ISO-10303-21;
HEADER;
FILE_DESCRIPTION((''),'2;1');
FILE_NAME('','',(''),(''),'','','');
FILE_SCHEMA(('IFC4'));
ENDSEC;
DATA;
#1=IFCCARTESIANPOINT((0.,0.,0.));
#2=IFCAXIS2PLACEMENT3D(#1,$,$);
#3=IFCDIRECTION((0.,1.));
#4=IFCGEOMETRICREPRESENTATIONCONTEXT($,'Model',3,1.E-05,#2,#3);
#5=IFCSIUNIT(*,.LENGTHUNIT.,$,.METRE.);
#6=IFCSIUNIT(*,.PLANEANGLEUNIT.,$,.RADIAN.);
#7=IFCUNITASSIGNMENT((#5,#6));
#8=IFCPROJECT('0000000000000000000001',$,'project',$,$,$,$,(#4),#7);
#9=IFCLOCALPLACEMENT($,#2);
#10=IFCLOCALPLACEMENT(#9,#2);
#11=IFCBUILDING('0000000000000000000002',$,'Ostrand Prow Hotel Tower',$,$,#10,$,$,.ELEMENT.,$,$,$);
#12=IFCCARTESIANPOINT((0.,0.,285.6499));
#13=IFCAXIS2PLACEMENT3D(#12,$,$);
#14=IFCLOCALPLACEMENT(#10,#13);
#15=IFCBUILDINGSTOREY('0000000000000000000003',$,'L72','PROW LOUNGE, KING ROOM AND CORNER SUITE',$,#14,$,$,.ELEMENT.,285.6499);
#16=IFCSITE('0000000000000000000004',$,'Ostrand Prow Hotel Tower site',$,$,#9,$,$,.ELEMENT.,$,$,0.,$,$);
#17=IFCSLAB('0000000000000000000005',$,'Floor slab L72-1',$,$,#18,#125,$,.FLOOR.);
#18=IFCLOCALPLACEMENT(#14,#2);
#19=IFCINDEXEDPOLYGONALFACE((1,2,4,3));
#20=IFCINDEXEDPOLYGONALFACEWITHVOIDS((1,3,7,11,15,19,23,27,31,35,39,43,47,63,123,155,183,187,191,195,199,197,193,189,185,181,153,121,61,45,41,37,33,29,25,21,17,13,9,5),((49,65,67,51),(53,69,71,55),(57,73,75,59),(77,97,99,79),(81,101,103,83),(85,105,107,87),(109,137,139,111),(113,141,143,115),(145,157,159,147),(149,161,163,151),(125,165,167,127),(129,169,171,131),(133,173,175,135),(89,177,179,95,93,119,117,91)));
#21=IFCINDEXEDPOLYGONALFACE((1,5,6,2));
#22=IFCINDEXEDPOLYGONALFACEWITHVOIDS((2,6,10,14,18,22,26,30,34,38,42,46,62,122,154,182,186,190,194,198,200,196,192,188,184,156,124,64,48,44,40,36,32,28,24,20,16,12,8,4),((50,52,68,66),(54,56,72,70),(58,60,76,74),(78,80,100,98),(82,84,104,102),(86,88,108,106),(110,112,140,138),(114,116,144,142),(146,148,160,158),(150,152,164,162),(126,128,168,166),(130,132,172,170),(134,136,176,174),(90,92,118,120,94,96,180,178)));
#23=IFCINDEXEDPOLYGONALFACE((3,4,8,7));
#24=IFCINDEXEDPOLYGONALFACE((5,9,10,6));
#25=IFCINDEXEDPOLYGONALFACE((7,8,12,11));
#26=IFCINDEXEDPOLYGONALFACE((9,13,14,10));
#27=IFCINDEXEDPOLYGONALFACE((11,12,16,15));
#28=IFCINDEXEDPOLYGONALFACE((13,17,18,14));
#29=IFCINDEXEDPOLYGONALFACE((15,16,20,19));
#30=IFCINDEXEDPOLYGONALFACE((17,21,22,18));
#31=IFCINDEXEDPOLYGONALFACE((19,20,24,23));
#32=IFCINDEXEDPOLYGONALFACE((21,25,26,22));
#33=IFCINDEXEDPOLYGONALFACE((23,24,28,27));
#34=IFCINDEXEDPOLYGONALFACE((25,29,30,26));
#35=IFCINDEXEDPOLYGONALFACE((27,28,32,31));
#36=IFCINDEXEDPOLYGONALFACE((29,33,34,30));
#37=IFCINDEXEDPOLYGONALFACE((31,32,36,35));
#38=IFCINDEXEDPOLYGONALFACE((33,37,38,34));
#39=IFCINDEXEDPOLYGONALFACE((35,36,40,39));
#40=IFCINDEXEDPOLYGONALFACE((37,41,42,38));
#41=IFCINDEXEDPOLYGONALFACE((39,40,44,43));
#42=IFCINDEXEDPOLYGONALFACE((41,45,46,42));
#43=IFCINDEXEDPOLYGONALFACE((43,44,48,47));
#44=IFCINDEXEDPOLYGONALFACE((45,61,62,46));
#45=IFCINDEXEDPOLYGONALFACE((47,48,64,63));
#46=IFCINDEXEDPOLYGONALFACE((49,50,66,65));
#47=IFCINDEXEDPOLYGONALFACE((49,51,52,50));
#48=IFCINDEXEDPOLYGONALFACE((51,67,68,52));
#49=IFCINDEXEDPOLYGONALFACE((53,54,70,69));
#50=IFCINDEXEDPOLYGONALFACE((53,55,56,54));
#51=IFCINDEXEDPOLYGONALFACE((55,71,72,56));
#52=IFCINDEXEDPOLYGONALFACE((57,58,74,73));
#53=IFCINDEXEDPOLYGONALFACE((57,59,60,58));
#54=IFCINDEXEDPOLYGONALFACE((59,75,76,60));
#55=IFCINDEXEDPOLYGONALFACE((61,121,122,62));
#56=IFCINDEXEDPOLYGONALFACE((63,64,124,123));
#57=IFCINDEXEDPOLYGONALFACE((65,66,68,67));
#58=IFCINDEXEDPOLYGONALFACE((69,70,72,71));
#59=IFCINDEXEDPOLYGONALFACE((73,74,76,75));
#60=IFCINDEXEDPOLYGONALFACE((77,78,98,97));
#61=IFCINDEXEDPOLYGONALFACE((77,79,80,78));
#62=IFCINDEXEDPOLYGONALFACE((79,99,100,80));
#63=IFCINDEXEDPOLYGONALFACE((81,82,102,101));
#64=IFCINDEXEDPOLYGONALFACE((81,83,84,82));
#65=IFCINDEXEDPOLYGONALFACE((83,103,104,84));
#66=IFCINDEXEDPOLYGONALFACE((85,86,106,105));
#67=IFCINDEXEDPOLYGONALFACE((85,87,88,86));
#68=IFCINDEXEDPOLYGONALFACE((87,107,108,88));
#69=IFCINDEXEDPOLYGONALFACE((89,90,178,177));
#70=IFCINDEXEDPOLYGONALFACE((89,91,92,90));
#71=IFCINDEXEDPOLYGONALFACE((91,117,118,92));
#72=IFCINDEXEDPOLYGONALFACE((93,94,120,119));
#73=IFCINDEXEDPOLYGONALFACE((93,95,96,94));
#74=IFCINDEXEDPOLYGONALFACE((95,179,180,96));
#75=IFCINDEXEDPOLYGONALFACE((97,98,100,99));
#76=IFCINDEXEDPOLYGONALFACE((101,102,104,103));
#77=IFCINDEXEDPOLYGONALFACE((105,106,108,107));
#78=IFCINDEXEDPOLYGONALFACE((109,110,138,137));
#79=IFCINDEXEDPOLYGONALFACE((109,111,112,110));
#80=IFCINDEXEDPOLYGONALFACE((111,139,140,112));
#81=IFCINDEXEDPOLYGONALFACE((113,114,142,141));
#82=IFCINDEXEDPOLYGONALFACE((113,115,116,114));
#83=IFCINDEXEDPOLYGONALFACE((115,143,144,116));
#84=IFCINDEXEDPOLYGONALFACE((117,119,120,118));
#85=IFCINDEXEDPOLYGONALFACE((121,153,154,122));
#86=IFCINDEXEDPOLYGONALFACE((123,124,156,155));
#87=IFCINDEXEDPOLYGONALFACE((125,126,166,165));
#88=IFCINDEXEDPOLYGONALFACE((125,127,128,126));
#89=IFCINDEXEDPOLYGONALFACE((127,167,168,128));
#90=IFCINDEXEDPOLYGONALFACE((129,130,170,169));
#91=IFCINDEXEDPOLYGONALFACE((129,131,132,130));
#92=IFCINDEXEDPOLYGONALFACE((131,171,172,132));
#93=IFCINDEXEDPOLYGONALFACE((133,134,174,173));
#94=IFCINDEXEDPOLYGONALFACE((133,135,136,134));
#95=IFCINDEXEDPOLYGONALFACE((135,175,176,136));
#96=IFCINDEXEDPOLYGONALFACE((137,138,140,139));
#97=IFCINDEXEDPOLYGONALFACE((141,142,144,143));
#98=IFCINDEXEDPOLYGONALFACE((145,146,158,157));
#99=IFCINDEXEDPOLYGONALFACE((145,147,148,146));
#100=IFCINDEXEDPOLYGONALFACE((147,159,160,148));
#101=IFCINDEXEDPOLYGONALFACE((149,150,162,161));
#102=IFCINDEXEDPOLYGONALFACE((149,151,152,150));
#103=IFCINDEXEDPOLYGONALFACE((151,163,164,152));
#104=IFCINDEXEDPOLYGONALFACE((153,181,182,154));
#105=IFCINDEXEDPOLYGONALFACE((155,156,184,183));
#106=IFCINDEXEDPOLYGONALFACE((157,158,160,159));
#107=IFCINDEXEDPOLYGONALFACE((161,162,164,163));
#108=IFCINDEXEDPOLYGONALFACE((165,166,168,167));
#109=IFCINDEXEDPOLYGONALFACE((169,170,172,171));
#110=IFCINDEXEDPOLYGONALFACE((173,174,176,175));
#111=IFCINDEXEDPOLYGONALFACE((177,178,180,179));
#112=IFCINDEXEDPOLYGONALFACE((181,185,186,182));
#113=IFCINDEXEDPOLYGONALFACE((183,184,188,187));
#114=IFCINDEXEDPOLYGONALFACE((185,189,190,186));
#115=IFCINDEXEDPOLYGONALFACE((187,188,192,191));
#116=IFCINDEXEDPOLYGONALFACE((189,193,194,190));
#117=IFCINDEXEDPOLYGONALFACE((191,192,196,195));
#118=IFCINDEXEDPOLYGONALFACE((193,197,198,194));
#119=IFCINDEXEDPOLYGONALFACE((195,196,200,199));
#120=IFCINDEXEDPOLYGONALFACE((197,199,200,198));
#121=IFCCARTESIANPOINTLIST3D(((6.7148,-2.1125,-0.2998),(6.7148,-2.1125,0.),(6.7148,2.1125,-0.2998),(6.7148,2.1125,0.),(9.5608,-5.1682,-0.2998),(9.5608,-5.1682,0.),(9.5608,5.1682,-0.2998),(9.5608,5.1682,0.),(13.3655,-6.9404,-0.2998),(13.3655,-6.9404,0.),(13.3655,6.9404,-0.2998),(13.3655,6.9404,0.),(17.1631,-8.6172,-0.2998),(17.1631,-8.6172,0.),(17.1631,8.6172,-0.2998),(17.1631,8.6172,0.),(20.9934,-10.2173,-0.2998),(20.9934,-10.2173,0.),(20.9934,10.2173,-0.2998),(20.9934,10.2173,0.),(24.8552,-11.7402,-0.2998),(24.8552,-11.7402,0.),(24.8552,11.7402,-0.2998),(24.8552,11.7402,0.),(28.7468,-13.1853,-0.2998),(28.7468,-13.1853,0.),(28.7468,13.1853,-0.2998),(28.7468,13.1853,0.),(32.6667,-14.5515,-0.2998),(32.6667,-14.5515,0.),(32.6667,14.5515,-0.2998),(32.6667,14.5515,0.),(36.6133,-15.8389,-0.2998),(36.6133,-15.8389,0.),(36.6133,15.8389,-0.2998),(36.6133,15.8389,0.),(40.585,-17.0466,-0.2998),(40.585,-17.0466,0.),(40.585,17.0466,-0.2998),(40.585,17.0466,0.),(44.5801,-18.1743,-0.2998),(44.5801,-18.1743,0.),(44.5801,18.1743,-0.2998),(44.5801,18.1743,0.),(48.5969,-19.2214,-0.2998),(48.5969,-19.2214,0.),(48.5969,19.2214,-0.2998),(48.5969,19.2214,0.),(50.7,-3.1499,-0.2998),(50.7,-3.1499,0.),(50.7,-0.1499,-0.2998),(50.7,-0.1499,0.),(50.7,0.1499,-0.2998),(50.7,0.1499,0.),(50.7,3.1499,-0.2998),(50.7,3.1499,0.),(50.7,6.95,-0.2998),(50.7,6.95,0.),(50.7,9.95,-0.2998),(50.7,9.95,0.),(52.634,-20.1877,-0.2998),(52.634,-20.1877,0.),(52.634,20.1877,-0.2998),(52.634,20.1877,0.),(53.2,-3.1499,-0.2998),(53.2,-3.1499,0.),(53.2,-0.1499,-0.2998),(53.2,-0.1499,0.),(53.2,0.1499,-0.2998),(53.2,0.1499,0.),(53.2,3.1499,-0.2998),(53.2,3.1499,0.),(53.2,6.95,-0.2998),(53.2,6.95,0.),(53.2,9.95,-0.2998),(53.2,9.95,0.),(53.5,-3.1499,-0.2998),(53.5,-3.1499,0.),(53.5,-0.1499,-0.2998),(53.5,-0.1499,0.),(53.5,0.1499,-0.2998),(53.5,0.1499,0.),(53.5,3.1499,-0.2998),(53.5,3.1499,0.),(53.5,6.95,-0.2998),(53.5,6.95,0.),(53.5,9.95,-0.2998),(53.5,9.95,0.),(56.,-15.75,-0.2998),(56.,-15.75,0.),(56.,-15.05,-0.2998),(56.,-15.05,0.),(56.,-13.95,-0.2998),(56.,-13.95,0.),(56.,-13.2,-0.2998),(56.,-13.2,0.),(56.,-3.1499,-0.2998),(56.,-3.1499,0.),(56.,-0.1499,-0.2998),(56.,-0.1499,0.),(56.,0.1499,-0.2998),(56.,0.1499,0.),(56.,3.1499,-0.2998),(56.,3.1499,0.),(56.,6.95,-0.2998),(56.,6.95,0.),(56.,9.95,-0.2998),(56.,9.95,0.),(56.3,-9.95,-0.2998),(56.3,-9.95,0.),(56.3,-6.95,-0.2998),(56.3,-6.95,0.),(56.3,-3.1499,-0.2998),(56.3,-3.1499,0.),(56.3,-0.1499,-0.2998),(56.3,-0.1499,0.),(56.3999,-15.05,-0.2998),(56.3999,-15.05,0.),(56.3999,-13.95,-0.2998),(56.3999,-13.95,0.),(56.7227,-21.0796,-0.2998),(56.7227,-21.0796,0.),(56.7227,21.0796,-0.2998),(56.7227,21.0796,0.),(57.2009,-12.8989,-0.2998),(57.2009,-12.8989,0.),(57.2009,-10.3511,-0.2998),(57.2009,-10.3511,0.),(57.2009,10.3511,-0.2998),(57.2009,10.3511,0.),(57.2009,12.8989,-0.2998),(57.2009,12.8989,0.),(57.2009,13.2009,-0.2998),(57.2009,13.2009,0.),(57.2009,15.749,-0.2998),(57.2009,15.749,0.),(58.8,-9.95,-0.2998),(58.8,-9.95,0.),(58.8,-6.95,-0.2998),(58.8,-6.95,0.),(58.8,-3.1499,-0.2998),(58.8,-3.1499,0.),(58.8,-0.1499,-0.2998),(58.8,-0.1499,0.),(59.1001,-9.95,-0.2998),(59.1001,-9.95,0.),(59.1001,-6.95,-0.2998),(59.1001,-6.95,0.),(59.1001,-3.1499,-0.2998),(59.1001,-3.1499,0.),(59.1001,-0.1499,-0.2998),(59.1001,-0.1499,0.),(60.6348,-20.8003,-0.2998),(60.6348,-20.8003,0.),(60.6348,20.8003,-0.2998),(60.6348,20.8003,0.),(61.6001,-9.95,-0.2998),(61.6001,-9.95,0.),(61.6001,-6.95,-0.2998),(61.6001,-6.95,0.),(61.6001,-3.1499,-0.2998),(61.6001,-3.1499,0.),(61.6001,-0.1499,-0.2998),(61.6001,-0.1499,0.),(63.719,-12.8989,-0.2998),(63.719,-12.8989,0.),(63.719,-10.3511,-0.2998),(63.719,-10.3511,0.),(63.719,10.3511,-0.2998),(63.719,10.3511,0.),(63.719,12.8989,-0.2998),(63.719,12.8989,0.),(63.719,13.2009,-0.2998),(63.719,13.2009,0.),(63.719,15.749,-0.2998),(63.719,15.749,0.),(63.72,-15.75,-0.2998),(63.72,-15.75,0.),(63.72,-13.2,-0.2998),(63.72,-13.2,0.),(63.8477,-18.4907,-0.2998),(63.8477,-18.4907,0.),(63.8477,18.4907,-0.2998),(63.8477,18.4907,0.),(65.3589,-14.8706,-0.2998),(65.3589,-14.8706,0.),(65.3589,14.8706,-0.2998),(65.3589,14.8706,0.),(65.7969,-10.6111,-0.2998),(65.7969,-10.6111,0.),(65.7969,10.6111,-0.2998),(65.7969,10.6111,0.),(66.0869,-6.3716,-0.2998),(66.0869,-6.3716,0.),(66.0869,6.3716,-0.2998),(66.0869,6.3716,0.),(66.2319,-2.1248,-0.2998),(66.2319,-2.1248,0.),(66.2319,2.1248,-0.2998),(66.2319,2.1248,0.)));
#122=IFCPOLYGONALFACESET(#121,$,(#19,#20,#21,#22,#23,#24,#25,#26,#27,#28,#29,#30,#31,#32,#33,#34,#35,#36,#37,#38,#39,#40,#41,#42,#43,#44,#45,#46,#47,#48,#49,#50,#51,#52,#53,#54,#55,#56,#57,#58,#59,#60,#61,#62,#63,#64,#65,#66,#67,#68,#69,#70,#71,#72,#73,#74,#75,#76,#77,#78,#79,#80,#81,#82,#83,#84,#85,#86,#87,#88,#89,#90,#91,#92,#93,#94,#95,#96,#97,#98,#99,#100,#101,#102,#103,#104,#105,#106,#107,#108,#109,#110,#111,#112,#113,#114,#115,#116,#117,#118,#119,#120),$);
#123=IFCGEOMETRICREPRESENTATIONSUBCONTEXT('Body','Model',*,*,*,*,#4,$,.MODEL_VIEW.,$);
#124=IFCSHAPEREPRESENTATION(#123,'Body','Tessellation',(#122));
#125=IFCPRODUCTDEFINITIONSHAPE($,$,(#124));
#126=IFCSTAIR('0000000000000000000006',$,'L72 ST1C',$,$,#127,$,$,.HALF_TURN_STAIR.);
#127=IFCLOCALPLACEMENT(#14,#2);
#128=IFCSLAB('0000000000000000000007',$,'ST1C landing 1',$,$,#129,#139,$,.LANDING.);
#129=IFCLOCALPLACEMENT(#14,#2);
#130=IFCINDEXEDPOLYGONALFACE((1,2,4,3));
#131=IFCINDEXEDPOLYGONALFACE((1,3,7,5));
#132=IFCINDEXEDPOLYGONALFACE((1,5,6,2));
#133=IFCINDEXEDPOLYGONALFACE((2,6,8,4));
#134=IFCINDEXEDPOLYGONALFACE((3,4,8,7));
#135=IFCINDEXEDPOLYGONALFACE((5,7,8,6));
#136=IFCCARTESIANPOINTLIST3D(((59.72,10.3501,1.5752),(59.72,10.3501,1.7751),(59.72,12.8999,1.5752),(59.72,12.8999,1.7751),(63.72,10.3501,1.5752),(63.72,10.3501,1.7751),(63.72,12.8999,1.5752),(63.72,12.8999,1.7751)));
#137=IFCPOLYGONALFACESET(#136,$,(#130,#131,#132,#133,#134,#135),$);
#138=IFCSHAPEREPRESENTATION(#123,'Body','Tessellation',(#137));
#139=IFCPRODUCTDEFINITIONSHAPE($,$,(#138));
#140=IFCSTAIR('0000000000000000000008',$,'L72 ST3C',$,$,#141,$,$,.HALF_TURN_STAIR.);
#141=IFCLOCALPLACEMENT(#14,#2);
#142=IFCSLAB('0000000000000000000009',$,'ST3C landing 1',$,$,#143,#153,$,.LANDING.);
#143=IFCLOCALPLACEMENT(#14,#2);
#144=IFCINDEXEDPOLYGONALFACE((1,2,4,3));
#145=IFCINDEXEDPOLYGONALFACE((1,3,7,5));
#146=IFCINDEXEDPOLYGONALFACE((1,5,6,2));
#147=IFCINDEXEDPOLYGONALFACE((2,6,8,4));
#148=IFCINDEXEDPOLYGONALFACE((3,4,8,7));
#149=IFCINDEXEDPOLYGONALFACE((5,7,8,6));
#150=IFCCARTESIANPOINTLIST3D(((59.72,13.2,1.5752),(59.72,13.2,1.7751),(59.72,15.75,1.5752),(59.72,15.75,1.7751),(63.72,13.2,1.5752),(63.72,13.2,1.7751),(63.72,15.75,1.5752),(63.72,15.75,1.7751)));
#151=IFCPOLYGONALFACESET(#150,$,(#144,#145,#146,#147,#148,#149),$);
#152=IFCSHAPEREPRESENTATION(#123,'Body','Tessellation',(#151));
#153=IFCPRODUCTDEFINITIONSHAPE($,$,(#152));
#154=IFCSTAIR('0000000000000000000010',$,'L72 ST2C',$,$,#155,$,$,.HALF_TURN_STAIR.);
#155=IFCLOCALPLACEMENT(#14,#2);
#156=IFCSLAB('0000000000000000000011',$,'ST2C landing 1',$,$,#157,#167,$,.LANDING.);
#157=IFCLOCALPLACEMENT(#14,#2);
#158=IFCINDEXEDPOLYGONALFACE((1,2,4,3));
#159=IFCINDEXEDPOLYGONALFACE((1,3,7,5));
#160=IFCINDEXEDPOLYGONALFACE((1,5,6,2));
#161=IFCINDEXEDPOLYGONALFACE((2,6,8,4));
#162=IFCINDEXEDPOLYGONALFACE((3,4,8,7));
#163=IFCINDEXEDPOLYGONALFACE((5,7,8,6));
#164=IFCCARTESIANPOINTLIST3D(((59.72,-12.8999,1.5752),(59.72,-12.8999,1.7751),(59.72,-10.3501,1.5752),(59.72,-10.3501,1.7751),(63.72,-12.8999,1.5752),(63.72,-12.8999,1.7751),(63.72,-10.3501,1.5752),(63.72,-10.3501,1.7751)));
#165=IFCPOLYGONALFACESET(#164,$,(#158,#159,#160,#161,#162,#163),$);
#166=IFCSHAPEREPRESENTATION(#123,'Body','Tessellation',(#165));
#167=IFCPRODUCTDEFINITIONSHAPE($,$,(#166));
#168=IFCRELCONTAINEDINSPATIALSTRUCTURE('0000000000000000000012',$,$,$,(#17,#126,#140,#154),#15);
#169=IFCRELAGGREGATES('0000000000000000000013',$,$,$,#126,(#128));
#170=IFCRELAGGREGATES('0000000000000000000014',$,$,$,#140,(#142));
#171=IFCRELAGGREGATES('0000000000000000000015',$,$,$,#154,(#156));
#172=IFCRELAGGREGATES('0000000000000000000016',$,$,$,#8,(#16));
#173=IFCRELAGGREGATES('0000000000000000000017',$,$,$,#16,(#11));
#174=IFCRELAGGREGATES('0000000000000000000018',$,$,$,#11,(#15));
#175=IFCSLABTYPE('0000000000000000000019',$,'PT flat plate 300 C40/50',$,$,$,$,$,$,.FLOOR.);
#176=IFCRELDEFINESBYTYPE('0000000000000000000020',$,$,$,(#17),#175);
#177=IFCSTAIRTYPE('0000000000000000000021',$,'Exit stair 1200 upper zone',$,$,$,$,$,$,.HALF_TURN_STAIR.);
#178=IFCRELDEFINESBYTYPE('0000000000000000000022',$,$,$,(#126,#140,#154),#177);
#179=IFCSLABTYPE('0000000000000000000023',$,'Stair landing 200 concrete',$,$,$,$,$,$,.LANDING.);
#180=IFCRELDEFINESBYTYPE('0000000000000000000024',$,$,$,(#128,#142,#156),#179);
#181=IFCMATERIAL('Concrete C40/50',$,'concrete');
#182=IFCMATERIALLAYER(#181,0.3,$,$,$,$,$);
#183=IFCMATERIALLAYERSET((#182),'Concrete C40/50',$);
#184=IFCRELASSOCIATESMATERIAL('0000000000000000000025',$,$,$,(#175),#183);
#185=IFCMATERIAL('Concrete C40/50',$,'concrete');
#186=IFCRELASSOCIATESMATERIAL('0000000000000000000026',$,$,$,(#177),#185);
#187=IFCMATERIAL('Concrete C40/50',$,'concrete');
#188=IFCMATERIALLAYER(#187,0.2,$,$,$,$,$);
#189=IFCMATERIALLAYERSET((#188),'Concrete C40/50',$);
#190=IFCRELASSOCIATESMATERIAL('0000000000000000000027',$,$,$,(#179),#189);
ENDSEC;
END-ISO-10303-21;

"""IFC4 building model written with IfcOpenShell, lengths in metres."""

from ifc_helpers import new_model, si_unit, direction, frame, origin, place, context, subcontext, project, spatial, polyline, outline, extrude, material, layer, layer_set, type_object, element, aggregate, save


model = new_model("IFC4")

# Units and contexts
model_context = context("Model", 3, precision=1e-05, world=origin(), true_north=direction((0.0, 1.0)))
body_context = subcontext(model_context, "Body", "Model", "MODEL_VIEW")
ifc_project = project(units=[si_unit("LENGTHUNIT", "METRE"), si_unit("PLANEANGLEUNIT", "RADIAN")], contexts=[model_context])

# Site, building, storey
site_placement = place(None, origin())
site = spatial("IfcSite", under=ifc_project, at=site_placement, Name="Ostrand Prow Hotel Tower site", CompositionType="ELEMENT", RefElevation=0.0)
building_placement = place(site_placement, origin())
building = spatial("IfcBuilding", under=site, at=building_placement, Name="Ostrand Prow Hotel Tower", CompositionType="ELEMENT")
storey_placement = place(building_placement, frame((0.0, 0.0, 285.6499)))
storey = spatial("IfcBuildingStorey", under=building, at=storey_placement, Name="L72", Description="PROW LOUNGE, KING ROOM AND CORNER SUITE", CompositionType="ELEMENT", Elevation=285.6499)

# Slab, opening
ifc_material_1 = material(Name="Concrete C40/50", Category="concrete")
ifc_layer_1 = layer(ifc_material_1, 0.3)
ifc_layer_set_1 = layer_set([ifc_layer_1], Name="Concrete C40/50")
slab_type_1 = type_object("IfcSlabType", Name="PT flat plate 300 C40/50", PredefinedType="FLOOR", material=ifc_layer_set_1)
slab_1_placement = place(storey_placement, frame((0.0, 0.0, -0.2998)))
slab_1 = element("IfcSlab", 1, at=slab_1_placement, inside=storey, type_object=slab_type_1, Name="Floor slab L72-1", PredefinedType="FLOOR", context=body_context, shape_type="SweptSolid", body=[
    extrude(outline(polyline([(9.5608, 5.1682), (13.3655, 6.9404), (17.1631, 8.6172), (20.9934, 10.2173), (24.8552, 11.7402), (28.7468, 13.1853), (32.6667, 14.5515), (36.6133, 15.8389), (40.585, 17.0466), (44.5801, 18.1743), (48.5969, 19.2214), (52.634, 20.1877), (56.7227, 21.0796), (60.6348, 20.8003), (63.8477, 18.4907), (65.3589, 14.8706), (65.7969, 10.6111), (66.0869, 6.3716), (66.2319, 2.1248), (66.2319, -2.1248), (66.0869, -6.3716), (65.7969, -10.6111), (65.3589, -14.8706), (63.8477, -18.4907), (60.6348, -20.8003), (56.7227, -21.0796), (52.634, -20.1877), (48.5969, -19.2214), (44.5801, -18.1743), (40.585, -17.0466), (36.6133, -15.8389), (32.6667, -14.5515), (28.7468, -13.1853), (24.8552, -11.7402), (20.9934, -10.2173), (17.1631, -8.6172), (13.3655, -6.9404), (9.5608, -5.1682), (6.7148, -2.1125), (6.7148, 2.1125), (9.5608, 5.1682)]), holes=[polyline([(50.7, 6.95), (53.2, 6.95), (53.2, 9.95), (50.7, 9.95), (50.7, 6.95)]), polyline([(53.5, 6.95), (56.0, 6.95), (56.0, 9.95), (53.5, 9.95), (53.5, 6.95)]), polyline([(50.7, 0.1499), (53.2, 0.1499), (53.2, 3.1499), (50.7, 3.1499), (50.7, 0.1499)]), polyline([(53.5, 0.1499), (56.0, 0.1499), (56.0, 3.1499), (53.5, 3.1499), (53.5, 0.1499)]), polyline([(50.7, -3.1499), (53.2, -3.1499), (53.2, -0.1499), (50.7, -0.1499), (50.7, -3.1499)]), polyline([(53.5, -3.1499), (56.0, -3.1499), (56.0, -0.1499), (53.5, -0.1499), (53.5, -3.1499)]), polyline([(56.3, -3.1499), (58.8, -3.1499), (58.8, -0.1499), (56.3, -0.1499), (56.3, -3.1499)]), polyline([(59.1001, -3.1499), (61.6001, -3.1499), (61.6001, -0.1499), (59.1001, -0.1499), (59.1001, -3.1499)]), polyline([(56.3, -9.95), (58.8, -9.95), (58.8, -6.95), (56.3, -6.95), (56.3, -9.95)]), polyline([(59.1001, -9.95), (61.6001, -9.95), (61.6001, -6.95), (59.1001, -6.95), (59.1001, -9.95)]), polyline([(57.2009, 10.3511), (57.2009, 12.8989), (63.719, 12.8989), (63.719, 10.3511), (57.2009, 10.3511)]), polyline([(57.2009, 13.2009), (57.2009, 15.749), (63.719, 15.749), (63.719, 13.2009), (57.2009, 13.2009)]), polyline([(57.2009, -12.8989), (57.2009, -10.3511), (63.719, -10.3511), (63.719, -12.8989), (57.2009, -12.8989)]), polyline([(56.0, -13.95), (56.0, -13.2), (63.72, -13.2), (63.72, -15.75), (56.0, -15.75), (56.0, -15.05), (56.3999, -15.05), (56.3999, -13.95), (56.0, -13.95)])]), origin(), (0.0, 0.0, 1.0), 0.2998),
])
opening_1_placement = place(slab_1_placement, origin())
element("IfcOpeningElement", 2, at=opening_1_placement, cuts=slab_1, PredefinedType="OPENING", context=body_context, shape_type="SweptSolid", body=[
    extrude(outline(polyline([(56.0, -13.95), (56.0, -13.2), (63.72, -13.2), (63.72, -15.75), (56.0, -15.75), (56.0, -15.05), (56.3999, -15.05), (56.3999, -13.95), (56.0, -13.95)])), origin(), (0.0, 0.0, 1.0), 0.2998),
])

# Stairs, slabs
ifc_material_2 = material(Name="Concrete C40/50", Category="concrete")
stair_type = type_object("IfcStairType", Name="Exit stair 1200 upper zone", PredefinedType="HALF_TURN_STAIR", material=ifc_material_2)
stair_1_placement = place(storey_placement, origin())
stair_1 = element("IfcStair", 3, at=stair_1_placement, inside=storey, type_object=stair_type, Name="L72 ST1C", PredefinedType="HALF_TURN_STAIR")
ifc_material_3 = material(Name="Concrete C40/50", Category="concrete")
ifc_layer_2 = layer(ifc_material_3, 0.2)
ifc_layer_set_2 = layer_set([ifc_layer_2], Name="Concrete C40/50")
slab_type_2 = type_object("IfcSlabType", Name="Stair landing 200 concrete", PredefinedType="LANDING", material=ifc_layer_set_2)
slab_2_placement = place(storey_placement, frame((0.0, 0.0, 1.5752)))
slab_2 = element("IfcSlab", 4, at=slab_2_placement, type_object=slab_type_2, Name="ST1C landing 1", PredefinedType="LANDING", context=body_context, shape_type="SweptSolid", body=[
    extrude(outline(polyline([(59.72, 10.3501), (63.72, 10.3501), (63.72, 12.8999), (59.72, 12.8999), (59.72, 10.3501)])), origin(), (0.0, 0.0, 1.0), 0.2),
])
aggregate(stair_1, [slab_2])
stair_2_placement = place(storey_placement, origin())
stair_2 = element("IfcStair", 5, at=stair_2_placement, inside=storey, type_object=stair_type, Name="L72 ST3C", PredefinedType="HALF_TURN_STAIR")
slab_3_placement = place(storey_placement, frame((0.0, 0.0, 1.5752)))
slab_3 = element("IfcSlab", 6, at=slab_3_placement, type_object=slab_type_2, Name="ST3C landing 1", PredefinedType="LANDING", context=body_context, shape_type="SweptSolid", body=[
    extrude(outline(polyline([(59.72, 13.2), (63.72, 13.2), (63.72, 15.75), (59.72, 15.75), (59.72, 13.2)])), origin(), (0.0, 0.0, 1.0), 0.2),
])
aggregate(stair_2, [slab_3])
stair_3_placement = place(storey_placement, origin())
stair_3 = element("IfcStair", 7, at=stair_3_placement, inside=storey, type_object=stair_type, Name="L72 ST2C", PredefinedType="HALF_TURN_STAIR")
slab_4_placement = place(storey_placement, frame((0.0, 0.0, 1.5752)))
slab_4 = element("IfcSlab", 8, at=slab_4_placement, type_object=slab_type_2, Name="ST2C landing 1", PredefinedType="LANDING", context=body_context, shape_type="SweptSolid", body=[
    extrude(outline(polyline([(59.72, -12.8999), (63.72, -12.8999), (63.72, -10.3501), (59.72, -10.3501), (59.72, -12.8999)])), origin(), (0.0, 0.0, 1.0), 0.2),
])
aggregate(stair_3, [slab_4])

save(model, "model.ifc")
